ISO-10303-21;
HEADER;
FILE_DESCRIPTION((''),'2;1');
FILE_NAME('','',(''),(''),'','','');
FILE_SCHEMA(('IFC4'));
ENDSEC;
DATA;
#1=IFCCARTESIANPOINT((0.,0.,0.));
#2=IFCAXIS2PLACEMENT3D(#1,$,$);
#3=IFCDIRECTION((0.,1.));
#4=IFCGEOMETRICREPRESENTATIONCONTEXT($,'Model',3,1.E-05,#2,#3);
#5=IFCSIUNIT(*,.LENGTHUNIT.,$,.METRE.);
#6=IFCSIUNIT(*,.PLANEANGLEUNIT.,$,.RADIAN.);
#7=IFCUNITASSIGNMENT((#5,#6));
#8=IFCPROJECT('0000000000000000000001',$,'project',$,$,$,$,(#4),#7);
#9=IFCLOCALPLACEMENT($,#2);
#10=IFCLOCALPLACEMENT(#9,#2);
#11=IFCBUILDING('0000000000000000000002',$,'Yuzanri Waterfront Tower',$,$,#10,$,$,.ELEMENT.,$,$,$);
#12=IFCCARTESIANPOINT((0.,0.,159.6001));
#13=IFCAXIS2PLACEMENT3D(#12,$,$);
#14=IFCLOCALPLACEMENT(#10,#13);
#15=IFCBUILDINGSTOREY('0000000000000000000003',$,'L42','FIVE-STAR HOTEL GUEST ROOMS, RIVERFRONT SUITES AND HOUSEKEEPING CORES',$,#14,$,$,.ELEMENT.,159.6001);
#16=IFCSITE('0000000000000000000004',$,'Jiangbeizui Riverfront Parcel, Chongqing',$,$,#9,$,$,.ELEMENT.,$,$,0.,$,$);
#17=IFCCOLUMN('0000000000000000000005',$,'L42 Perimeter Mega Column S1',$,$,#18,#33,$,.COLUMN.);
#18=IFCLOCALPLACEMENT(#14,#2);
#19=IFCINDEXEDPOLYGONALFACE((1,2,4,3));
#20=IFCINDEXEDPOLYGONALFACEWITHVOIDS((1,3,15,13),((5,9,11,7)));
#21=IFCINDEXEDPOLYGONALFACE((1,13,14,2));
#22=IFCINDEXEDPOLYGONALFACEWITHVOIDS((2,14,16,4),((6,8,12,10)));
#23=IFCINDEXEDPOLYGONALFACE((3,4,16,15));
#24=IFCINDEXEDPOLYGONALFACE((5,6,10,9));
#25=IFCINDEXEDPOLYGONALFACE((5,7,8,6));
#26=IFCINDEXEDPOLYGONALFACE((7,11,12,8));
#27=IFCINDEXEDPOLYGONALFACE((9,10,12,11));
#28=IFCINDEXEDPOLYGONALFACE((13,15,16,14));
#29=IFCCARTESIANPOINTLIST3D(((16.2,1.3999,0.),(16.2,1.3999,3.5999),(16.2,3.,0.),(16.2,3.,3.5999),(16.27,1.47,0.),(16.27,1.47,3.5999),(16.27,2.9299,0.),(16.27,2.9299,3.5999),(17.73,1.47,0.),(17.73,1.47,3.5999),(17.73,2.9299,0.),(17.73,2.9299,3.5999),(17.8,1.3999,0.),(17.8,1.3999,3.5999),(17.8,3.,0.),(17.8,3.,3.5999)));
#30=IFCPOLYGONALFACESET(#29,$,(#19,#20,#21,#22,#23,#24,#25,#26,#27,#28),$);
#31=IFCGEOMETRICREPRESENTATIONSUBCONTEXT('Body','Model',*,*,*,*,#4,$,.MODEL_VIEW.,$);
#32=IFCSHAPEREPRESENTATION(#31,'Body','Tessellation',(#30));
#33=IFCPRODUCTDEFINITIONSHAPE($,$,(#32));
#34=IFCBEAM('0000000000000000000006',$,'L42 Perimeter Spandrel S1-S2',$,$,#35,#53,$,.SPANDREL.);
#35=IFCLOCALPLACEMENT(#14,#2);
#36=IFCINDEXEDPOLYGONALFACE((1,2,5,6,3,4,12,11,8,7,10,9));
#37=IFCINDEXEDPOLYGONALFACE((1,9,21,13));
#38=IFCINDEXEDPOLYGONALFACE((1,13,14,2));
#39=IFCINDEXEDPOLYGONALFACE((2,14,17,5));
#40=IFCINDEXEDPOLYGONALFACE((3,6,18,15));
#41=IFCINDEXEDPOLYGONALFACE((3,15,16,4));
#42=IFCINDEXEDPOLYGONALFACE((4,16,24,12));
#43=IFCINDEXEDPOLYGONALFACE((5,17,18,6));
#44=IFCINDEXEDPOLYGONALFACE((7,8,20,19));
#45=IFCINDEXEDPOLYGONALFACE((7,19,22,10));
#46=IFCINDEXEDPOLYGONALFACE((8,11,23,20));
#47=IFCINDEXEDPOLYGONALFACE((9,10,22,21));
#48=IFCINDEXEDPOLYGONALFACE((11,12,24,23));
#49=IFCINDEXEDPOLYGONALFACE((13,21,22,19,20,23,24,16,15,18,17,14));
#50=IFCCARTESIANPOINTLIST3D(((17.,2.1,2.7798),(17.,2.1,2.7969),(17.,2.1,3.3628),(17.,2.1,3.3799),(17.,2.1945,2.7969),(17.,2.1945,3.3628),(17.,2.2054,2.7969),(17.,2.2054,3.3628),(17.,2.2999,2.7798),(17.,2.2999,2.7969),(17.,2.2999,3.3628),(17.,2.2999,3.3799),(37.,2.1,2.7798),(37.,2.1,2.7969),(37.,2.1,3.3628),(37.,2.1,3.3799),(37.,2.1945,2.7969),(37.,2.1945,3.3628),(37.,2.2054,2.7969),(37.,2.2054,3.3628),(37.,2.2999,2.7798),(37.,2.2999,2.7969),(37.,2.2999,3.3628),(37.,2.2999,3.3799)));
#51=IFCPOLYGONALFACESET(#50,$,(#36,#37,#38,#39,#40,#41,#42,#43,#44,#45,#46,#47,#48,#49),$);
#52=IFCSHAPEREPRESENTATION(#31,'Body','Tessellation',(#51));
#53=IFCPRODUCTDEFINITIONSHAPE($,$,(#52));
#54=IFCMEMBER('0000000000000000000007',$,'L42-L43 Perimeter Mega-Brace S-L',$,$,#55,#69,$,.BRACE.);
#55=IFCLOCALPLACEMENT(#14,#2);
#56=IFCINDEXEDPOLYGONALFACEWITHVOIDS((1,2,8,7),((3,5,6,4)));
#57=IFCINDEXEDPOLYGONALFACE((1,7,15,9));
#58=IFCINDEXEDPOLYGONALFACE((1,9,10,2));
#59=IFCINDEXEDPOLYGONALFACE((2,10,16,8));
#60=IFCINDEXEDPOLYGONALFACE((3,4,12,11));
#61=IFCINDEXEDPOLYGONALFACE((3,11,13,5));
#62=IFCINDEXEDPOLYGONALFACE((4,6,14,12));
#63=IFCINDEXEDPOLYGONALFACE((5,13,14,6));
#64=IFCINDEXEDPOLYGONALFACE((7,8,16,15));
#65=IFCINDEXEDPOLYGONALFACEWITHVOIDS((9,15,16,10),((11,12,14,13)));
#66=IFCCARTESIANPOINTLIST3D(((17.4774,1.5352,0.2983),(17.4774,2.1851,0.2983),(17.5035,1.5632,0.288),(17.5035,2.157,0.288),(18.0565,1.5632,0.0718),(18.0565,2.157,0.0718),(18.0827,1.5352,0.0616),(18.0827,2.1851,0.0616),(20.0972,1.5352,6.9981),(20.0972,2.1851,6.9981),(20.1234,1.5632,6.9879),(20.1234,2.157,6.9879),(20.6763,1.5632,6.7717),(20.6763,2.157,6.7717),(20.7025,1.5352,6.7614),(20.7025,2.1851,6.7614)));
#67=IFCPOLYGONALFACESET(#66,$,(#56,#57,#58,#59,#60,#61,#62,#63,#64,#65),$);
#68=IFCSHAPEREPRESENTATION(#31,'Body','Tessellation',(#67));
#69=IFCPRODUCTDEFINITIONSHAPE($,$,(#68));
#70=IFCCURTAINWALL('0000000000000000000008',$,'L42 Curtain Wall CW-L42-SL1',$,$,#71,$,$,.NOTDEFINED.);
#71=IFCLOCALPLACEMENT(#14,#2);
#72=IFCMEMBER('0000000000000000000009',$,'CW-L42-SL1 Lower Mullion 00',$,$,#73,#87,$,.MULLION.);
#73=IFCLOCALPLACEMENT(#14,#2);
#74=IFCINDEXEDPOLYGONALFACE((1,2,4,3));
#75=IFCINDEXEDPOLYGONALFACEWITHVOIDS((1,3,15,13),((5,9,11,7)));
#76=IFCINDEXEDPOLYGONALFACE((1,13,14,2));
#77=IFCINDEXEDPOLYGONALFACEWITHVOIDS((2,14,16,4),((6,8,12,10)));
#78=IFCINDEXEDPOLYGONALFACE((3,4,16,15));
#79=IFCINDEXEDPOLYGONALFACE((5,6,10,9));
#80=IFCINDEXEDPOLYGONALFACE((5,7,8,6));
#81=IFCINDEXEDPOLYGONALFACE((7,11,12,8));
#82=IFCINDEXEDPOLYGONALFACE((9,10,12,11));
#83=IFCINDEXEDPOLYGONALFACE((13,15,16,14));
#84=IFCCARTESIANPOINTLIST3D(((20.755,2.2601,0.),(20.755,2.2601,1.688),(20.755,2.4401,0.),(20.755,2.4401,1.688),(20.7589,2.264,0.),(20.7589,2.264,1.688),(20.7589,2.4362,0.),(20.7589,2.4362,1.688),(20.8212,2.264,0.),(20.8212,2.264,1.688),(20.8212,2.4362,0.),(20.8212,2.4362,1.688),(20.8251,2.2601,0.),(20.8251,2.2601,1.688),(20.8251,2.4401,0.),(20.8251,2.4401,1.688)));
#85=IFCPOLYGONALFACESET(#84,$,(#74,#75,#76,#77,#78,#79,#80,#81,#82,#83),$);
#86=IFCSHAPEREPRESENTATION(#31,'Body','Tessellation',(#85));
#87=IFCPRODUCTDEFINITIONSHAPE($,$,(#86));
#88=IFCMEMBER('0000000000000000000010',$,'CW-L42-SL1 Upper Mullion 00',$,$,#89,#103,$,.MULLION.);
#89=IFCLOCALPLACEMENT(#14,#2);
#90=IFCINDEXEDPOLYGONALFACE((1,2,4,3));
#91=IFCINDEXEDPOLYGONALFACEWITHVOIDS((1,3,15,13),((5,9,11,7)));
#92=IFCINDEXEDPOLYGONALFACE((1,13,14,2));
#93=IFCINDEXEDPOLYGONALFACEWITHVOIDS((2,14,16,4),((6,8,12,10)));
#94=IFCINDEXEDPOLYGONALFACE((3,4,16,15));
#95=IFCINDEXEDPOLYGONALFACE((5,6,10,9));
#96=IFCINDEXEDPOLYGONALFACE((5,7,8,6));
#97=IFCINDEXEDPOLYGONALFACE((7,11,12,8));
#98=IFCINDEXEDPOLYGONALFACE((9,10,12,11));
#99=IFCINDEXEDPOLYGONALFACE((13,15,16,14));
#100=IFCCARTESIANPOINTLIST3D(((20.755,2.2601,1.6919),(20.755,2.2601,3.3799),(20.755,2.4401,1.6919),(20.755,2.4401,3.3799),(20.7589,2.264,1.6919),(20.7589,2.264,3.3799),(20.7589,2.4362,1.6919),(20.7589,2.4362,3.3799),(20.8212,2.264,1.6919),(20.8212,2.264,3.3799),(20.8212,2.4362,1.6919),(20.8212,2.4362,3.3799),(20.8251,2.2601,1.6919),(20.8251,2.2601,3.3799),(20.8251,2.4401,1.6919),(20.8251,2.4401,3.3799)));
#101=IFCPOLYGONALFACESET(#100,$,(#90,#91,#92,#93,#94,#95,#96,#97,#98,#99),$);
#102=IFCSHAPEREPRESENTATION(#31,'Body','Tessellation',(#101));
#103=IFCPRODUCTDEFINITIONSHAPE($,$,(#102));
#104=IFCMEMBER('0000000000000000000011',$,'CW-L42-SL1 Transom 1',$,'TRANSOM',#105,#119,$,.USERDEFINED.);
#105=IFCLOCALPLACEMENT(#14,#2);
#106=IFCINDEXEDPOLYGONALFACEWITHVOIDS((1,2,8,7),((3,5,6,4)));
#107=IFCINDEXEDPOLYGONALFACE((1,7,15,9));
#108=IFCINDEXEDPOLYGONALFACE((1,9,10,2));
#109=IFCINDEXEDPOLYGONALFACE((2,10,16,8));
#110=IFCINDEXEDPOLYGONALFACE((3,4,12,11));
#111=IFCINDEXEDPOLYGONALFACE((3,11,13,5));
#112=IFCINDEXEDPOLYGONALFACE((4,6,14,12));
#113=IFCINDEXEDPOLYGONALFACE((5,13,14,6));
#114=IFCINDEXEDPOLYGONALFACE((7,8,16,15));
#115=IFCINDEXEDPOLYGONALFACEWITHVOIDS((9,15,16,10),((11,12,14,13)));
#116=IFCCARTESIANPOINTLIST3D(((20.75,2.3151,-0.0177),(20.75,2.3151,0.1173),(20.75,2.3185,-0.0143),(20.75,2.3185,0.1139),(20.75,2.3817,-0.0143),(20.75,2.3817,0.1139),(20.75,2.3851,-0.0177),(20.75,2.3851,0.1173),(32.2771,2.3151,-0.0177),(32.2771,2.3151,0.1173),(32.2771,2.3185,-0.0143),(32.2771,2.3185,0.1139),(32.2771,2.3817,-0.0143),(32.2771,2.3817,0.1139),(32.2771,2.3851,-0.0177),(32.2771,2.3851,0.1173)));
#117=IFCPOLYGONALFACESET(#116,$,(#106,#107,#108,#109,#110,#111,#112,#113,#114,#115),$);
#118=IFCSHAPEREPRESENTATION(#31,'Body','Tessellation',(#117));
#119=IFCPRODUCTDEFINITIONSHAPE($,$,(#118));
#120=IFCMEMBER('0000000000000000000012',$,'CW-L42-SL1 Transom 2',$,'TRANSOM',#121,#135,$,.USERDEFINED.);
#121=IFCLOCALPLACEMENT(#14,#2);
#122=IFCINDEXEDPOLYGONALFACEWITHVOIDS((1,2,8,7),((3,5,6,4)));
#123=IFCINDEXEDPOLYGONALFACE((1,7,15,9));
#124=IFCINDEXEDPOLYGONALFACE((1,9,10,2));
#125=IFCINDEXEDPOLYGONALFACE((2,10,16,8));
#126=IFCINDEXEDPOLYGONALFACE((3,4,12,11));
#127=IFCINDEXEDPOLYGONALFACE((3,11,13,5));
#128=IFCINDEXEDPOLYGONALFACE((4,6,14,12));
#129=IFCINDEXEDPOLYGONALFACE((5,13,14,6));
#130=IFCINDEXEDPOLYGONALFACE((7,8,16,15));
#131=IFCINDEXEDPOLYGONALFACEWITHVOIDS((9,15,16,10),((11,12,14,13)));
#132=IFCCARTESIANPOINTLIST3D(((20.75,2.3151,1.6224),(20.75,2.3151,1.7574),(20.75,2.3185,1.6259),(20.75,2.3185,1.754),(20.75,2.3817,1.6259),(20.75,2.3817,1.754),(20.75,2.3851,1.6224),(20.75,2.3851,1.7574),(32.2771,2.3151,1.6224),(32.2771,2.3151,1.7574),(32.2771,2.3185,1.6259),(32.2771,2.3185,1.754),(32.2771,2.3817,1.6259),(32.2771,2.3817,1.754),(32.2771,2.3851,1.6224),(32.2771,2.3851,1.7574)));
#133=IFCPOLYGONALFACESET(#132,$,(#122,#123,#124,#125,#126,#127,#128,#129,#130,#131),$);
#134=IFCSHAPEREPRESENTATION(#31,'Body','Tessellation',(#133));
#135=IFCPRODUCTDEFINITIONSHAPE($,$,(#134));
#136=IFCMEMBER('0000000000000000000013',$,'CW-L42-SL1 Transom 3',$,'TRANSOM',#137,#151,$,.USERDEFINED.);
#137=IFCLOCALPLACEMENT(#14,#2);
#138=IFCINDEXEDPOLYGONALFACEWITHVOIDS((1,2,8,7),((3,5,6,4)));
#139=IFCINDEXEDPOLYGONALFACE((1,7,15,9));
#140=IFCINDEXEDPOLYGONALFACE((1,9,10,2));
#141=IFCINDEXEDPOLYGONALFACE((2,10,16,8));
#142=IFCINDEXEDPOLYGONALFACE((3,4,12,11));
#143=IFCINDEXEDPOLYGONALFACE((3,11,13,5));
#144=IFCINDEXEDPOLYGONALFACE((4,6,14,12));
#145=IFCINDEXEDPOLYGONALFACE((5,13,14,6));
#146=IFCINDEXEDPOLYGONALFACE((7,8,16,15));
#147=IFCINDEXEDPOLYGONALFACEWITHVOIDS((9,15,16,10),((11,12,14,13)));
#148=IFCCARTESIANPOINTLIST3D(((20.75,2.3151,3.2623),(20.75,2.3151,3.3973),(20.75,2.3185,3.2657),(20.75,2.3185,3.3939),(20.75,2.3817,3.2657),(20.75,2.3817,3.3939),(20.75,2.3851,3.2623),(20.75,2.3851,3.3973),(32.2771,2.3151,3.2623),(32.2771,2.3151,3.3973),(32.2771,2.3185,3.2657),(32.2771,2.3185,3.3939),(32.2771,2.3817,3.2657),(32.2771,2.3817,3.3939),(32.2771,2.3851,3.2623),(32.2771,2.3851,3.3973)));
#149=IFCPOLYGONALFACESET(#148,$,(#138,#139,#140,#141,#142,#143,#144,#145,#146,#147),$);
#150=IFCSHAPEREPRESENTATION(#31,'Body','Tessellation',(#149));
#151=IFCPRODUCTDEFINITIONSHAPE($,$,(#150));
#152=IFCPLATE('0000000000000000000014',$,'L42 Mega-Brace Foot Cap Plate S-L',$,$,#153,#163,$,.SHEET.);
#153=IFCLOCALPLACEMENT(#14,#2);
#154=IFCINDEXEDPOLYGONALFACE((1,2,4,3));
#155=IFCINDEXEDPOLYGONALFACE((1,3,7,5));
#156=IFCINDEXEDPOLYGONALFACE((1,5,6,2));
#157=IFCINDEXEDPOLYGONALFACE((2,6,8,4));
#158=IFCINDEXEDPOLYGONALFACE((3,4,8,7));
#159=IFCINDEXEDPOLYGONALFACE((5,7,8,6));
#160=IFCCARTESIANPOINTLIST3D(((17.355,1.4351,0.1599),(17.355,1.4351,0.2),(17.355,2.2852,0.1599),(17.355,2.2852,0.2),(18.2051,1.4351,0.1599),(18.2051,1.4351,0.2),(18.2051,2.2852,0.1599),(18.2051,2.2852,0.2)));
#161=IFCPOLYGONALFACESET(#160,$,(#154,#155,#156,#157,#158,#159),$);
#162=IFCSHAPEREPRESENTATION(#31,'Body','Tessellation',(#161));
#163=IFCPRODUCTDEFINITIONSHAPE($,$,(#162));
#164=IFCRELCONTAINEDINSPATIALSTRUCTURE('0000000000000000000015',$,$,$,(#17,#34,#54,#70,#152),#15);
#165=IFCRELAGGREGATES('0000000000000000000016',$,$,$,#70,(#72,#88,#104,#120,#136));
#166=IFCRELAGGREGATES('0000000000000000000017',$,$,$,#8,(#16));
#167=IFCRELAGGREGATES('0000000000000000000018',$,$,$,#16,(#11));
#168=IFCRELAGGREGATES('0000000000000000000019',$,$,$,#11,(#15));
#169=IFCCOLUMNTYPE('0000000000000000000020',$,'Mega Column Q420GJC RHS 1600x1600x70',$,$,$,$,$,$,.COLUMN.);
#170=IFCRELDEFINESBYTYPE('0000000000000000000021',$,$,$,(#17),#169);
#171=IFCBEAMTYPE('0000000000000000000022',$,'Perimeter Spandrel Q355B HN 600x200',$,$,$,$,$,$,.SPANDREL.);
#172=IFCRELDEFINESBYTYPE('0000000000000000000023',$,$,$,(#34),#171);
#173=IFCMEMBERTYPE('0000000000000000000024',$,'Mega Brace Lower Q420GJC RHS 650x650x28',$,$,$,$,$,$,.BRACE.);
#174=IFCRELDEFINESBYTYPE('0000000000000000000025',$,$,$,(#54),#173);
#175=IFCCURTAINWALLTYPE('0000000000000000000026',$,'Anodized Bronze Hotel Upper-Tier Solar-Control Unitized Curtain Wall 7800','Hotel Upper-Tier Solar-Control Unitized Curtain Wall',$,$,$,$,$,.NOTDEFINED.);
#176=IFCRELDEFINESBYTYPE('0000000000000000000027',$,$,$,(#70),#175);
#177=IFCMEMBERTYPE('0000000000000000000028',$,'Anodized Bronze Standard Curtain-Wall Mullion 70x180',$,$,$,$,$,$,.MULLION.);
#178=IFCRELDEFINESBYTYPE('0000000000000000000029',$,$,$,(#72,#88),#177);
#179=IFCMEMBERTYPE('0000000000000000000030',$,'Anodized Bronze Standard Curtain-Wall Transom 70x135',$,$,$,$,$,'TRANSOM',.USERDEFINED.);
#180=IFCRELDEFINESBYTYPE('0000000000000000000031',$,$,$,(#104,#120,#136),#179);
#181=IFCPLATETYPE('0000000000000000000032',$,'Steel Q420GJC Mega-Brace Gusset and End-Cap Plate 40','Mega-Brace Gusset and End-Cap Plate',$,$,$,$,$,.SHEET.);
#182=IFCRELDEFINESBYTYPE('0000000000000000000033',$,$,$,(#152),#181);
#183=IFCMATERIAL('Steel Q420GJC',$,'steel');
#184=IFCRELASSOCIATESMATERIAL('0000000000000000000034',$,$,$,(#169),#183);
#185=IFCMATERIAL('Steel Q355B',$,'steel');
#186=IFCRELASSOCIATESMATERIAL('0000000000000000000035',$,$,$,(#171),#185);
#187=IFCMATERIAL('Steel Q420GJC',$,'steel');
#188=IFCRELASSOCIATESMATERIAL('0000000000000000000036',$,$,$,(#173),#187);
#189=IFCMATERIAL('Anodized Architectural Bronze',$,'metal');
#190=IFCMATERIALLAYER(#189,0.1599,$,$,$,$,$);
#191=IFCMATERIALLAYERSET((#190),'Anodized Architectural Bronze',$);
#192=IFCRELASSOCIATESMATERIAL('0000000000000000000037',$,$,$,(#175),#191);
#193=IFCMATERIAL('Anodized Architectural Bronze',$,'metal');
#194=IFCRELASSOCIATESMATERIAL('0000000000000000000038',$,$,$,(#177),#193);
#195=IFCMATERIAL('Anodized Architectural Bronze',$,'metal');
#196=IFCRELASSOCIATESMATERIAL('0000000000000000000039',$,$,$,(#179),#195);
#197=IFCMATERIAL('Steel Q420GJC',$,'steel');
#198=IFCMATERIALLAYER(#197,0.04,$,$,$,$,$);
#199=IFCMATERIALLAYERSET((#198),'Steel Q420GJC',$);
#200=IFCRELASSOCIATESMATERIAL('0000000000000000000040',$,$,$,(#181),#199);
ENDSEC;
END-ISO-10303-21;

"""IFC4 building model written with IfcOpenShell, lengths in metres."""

from ifc_helpers import new_model, si_unit, direction, frame, origin, origin_2d, place, context, subcontext, project, spatial, rectangle, hollow_rectangle, i_section, extrude, source, transform, mapped, material, layer, layer_set, material_profile, profile_set, type_object, element, aggregate, save


model = new_model("IFC4")

# Units and contexts
model_context = context("Model", 3, precision=1e-05, world=origin(), true_north=direction((0.0, 1.0)))
body_context = subcontext(model_context, "Body", "Model", "MODEL_VIEW")
ifc_project = project(units=[si_unit("LENGTHUNIT", "METRE"), si_unit("PLANEANGLEUNIT", "RADIAN")], contexts=[model_context])

# Site, building, storey
site_placement = place(None, origin())
site = spatial("IfcSite", under=ifc_project, at=site_placement, Name="Jiangbeizui Riverfront Parcel, Chongqing", CompositionType="ELEMENT", RefElevation=0.0)
building_placement = place(site_placement, origin())
building = spatial("IfcBuilding", under=site, at=building_placement, Name="Yuzanri Waterfront Tower", CompositionType="ELEMENT")
storey_placement = place(building_placement, frame((0.0, 0.0, 159.6001)))
storey = spatial("IfcBuildingStorey", under=building, at=storey_placement, Name="L42", Description="FIVE-STAR HOTEL GUEST ROOMS, RIVERFRONT SUITES AND HOUSEKEEPING CORES", CompositionType="ELEMENT", Elevation=159.6001)

# Column
ifc_material_1 = material(Name="Steel Q420GJC", Category="steel")
ifc_material_profile_1 = material_profile(ifc_material_1, hollow_rectangle(XDim=1.6001, YDim=1.6001, WallThickness=0.0701, at=origin_2d()), Name="RHS 1600x1600x70")
ifc_profile_set_1 = profile_set([ifc_material_profile_1], Name="Steel Q420GJC")
column_type = type_object("IfcColumnType", Name="Mega Column Q420GJC RHS 1600x1600x70", PredefinedType="COLUMN", material=ifc_profile_set_1)
shared_shape_1 = source(origin(), body_context, "Body", "SweptSolid", [
    extrude(hollow_rectangle(XDim=1.6001, YDim=1.6001, WallThickness=0.0701, at=origin_2d()), origin(), (0.0, 0.0, 1.0), 3.5999),
])
column_placement = place(storey_placement, frame((17.0, 2.2, 0.0), z_axis=(0.0, 0.0, 1.0), x_axis=(1.0, 0.0, 0.0)))
element("IfcColumn", 1, at=column_placement, inside=storey, type_object=column_type, Name="L42 Perimeter Mega Column S1", PredefinedType="COLUMN", context=body_context, shape_type="MappedRepresentation", body=[
    mapped(shared_shape_1, transform((0.0, 0.0, 0.0), scale=1.0)),
])

# Beam
ifc_material_2 = material(Name="Steel Q355B", Category="steel")
ifc_material_profile_2 = material_profile(ifc_material_2, i_section(OverallWidth=0.2, OverallDepth=0.6001, WebThickness=0.011, FlangeThickness=0.0171, at=origin_2d()), Name="HN 600x200x11x17")
ifc_profile_set_2 = profile_set([ifc_material_profile_2], Name="Steel Q355B")
beam_type = type_object("IfcBeamType", Name="Perimeter Spandrel Q355B HN 600x200", PredefinedType="SPANDREL", material=ifc_profile_set_2)
shared_shape_2 = source(origin(), body_context, "Body", "SweptSolid", [
    extrude(i_section(OverallWidth=0.2, OverallDepth=0.6001, WebThickness=0.011, FlangeThickness=0.0171, at=origin_2d()), origin(), (0.0, 0.0, 1.0), 20.0),
])
beam_placement = place(storey_placement, frame((17.0, 2.2, 3.0798), z_axis=(1.0, 0.0, 0.0), x_axis=(0.0, 1.0, 0.0)))
element("IfcBeam", 2, at=beam_placement, inside=storey, type_object=beam_type, Name="L42 Perimeter Spandrel S1-S2", PredefinedType="SPANDREL", context=body_context, shape_type="MappedRepresentation", body=[
    mapped(shared_shape_2, transform((0.0, 0.0, 0.0), scale=1.0)),
])

# Member
ifc_material_3 = material(Name="Steel Q420GJC", Category="steel")
ifc_material_profile_3 = material_profile(ifc_material_3, hollow_rectangle(XDim=0.6499, YDim=0.6499, WallThickness=0.0281, at=origin_2d()), Name="RHS 650x650x28")
ifc_profile_set_3 = profile_set([ifc_material_profile_3], Name="Steel Q420GJC")
member_type_1 = type_object("IfcMemberType", Name="Mega Brace Lower Q420GJC RHS 650x650x28", PredefinedType="BRACE", material=ifc_profile_set_3)
shared_shape_3 = source(origin(), body_context, "Body", "SweptSolid", [
    extrude(hollow_rectangle(XDim=0.6499, YDim=0.6499, WallThickness=0.0281, at=origin_2d()), origin(), (0.0, 0.0, 1.0), 7.1938),
])
member_1_placement = place(storey_placement, frame((17.78, 1.8601, 0.1799), z_axis=(0.364177, 0.0, 0.93133), x_axis=(0.0, 1.0, 0.0)))
element("IfcMember", 3, at=member_1_placement, inside=storey, type_object=member_type_1, Name="L42-L43 Perimeter Mega-Brace S-L", PredefinedType="BRACE", context=body_context, shape_type="MappedRepresentation", body=[
    mapped(shared_shape_3, transform((0.0, 0.0, 0.0), scale=1.0)),
])

# Curtain wall, members
ifc_material_4 = material(Name="Anodized Architectural Bronze", Category="metal")
ifc_layer_1 = layer(ifc_material_4, 0.1599)
ifc_layer_set_1 = layer_set([ifc_layer_1], Name="Anodized Architectural Bronze")
curtain_wall_type = type_object("IfcCurtainWallType", Name="Anodized Bronze Hotel Upper-Tier Solar-Control Unitized Curtain Wall 7800", Description="Hotel Upper-Tier Solar-Control Unitized Curtain Wall", PredefinedType="NOTDEFINED", material=ifc_layer_set_1)
curtain_wall_placement = place(storey_placement, origin())
curtain_wall = element("IfcCurtainWall", 4, at=curtain_wall_placement, inside=storey, type_object=curtain_wall_type, Name="L42 Curtain Wall CW-L42-SL1", PredefinedType="NOTDEFINED")
ifc_material_5 = material(Name="Anodized Architectural Bronze", Category="metal")
ifc_material_profile_4 = material_profile(ifc_material_5, hollow_rectangle(XDim=0.0701, YDim=0.1799, WallThickness=0.0039, at=origin_2d()), Name="CWM 70x180")
ifc_profile_set_4 = profile_set([ifc_material_profile_4], Name="Anodized Architectural Bronze")
member_type_2 = type_object("IfcMemberType", Name="Anodized Bronze Standard Curtain-Wall Mullion 70x180", PredefinedType="MULLION", material=ifc_profile_set_4)
shared_shape_4 = source(origin(), body_context, "Body", "SweptSolid", [
    extrude(hollow_rectangle(XDim=0.0701, YDim=0.1799, WallThickness=0.0039, at=origin_2d()), origin(), (0.0, 0.0, 1.0), 1.688),
])
member_2_placement = place(storey_placement, frame((20.79, 2.3501, 0.0), z_axis=(0.0, 0.0, 1.0), x_axis=(1.0, 0.0, 0.0)))
member_2 = element("IfcMember", 5, at=member_2_placement, type_object=member_type_2, Name="CW-L42-SL1 Lower Mullion 00", PredefinedType="MULLION", context=body_context, shape_type="MappedRepresentation", body=[
    mapped(shared_shape_4, transform((0.0, 0.0, 0.0), scale=1.0)),
])
member_3_placement = place(storey_placement, frame((20.79, 2.3501, 1.6919), z_axis=(0.0, 0.0, 1.0), x_axis=(1.0, 0.0, 0.0)))
member_3 = element("IfcMember", 6, at=member_3_placement, type_object=member_type_2, Name="CW-L42-SL1 Upper Mullion 00", PredefinedType="MULLION", context=body_context, shape_type="MappedRepresentation", body=[
    mapped(shared_shape_4, transform((0.0, 0.0, 0.0), scale=1.0)),
])
ifc_material_6 = material(Name="Anodized Architectural Bronze", Category="metal")
ifc_material_profile_5 = material_profile(ifc_material_6, hollow_rectangle(XDim=0.0701, YDim=0.135, WallThickness=0.0034, at=origin_2d()), Name="CWT 70x135")
ifc_profile_set_5 = profile_set([ifc_material_profile_5], Name="Anodized Architectural Bronze")
member_type_3 = type_object("IfcMemberType", Name="Anodized Bronze Standard Curtain-Wall Transom 70x135", ElementType="TRANSOM", PredefinedType="USERDEFINED", material=ifc_profile_set_5)
shared_shape_5 = source(origin(), body_context, "Body", "SweptSolid", [
    extrude(hollow_rectangle(XDim=0.0701, YDim=0.135, WallThickness=0.0034, at=origin_2d()), origin(), (0.0, 0.0, 1.0), 11.5271),
])
member_4_placement = place(storey_placement, frame((20.75, 2.3501, 0.0498), z_axis=(1.0, 0.0, 0.0), x_axis=(0.0, 1.0, 0.0)))
member_4 = element("IfcMember", 7, at=member_4_placement, type_object=member_type_3, Name="CW-L42-SL1 Transom 1", ObjectType="TRANSOM", PredefinedType="USERDEFINED", context=body_context, shape_type="MappedRepresentation", body=[
    mapped(shared_shape_5, transform((0.0, 0.0, 0.0), scale=1.0)),
])
member_5_placement = place(storey_placement, frame((20.75, 2.3501, 1.6899), z_axis=(1.0, 0.0, 0.0), x_axis=(0.0, 1.0, 0.0)))
member_5 = element("IfcMember", 8, at=member_5_placement, type_object=member_type_3, Name="CW-L42-SL1 Transom 2", ObjectType="TRANSOM", PredefinedType="USERDEFINED", context=body_context, shape_type="MappedRepresentation", body=[
    mapped(shared_shape_5, transform((0.0, 0.0, 0.0), scale=1.0)),
])
member_6_placement = place(storey_placement, frame((20.75, 2.3501, 3.3298), z_axis=(1.0, 0.0, 0.0), x_axis=(0.0, 1.0, 0.0)))
member_6 = element("IfcMember", 9, at=member_6_placement, type_object=member_type_3, Name="CW-L42-SL1 Transom 3", ObjectType="TRANSOM", PredefinedType="USERDEFINED", context=body_context, shape_type="MappedRepresentation", body=[
    mapped(shared_shape_5, transform((0.0, 0.0, 0.0), scale=1.0)),
])
aggregate(curtain_wall, [member_2, member_3, member_4, member_5, member_6])

# Plate
ifc_material_7 = material(Name="Steel Q420GJC", Category="steel")
ifc_layer_2 = layer(ifc_material_7, 0.04)
ifc_layer_set_2 = layer_set([ifc_layer_2], Name="Steel Q420GJC")
plate_type = type_object("IfcPlateType", Name="Steel Q420GJC Mega-Brace Gusset and End-Cap Plate 40", Description="Mega-Brace Gusset and End-Cap Plate", PredefinedType="SHEET", material=ifc_layer_set_2)
shared_shape_6 = source(origin(), body_context, "Body", "SweptSolid", [
    extrude(rectangle(XDim=0.8501, YDim=0.8501, at=origin_2d()), origin(), (0.0, 0.0, 1.0), 0.04),
])
plate_placement = place(storey_placement, frame((17.78, 1.8601, 0.1599), z_axis=(0.0, 0.0, 1.0), x_axis=(1.0, 0.0, 0.0)))
element("IfcPlate", 10, at=plate_placement, inside=storey, type_object=plate_type, Name="L42 Mega-Brace Foot Cap Plate S-L", PredefinedType="SHEET", context=body_context, shape_type="MappedRepresentation", body=[
    mapped(shared_shape_6, transform((0.0, 0.0, 0.0), scale=1.0)),
])

save(model, "model.ifc")
